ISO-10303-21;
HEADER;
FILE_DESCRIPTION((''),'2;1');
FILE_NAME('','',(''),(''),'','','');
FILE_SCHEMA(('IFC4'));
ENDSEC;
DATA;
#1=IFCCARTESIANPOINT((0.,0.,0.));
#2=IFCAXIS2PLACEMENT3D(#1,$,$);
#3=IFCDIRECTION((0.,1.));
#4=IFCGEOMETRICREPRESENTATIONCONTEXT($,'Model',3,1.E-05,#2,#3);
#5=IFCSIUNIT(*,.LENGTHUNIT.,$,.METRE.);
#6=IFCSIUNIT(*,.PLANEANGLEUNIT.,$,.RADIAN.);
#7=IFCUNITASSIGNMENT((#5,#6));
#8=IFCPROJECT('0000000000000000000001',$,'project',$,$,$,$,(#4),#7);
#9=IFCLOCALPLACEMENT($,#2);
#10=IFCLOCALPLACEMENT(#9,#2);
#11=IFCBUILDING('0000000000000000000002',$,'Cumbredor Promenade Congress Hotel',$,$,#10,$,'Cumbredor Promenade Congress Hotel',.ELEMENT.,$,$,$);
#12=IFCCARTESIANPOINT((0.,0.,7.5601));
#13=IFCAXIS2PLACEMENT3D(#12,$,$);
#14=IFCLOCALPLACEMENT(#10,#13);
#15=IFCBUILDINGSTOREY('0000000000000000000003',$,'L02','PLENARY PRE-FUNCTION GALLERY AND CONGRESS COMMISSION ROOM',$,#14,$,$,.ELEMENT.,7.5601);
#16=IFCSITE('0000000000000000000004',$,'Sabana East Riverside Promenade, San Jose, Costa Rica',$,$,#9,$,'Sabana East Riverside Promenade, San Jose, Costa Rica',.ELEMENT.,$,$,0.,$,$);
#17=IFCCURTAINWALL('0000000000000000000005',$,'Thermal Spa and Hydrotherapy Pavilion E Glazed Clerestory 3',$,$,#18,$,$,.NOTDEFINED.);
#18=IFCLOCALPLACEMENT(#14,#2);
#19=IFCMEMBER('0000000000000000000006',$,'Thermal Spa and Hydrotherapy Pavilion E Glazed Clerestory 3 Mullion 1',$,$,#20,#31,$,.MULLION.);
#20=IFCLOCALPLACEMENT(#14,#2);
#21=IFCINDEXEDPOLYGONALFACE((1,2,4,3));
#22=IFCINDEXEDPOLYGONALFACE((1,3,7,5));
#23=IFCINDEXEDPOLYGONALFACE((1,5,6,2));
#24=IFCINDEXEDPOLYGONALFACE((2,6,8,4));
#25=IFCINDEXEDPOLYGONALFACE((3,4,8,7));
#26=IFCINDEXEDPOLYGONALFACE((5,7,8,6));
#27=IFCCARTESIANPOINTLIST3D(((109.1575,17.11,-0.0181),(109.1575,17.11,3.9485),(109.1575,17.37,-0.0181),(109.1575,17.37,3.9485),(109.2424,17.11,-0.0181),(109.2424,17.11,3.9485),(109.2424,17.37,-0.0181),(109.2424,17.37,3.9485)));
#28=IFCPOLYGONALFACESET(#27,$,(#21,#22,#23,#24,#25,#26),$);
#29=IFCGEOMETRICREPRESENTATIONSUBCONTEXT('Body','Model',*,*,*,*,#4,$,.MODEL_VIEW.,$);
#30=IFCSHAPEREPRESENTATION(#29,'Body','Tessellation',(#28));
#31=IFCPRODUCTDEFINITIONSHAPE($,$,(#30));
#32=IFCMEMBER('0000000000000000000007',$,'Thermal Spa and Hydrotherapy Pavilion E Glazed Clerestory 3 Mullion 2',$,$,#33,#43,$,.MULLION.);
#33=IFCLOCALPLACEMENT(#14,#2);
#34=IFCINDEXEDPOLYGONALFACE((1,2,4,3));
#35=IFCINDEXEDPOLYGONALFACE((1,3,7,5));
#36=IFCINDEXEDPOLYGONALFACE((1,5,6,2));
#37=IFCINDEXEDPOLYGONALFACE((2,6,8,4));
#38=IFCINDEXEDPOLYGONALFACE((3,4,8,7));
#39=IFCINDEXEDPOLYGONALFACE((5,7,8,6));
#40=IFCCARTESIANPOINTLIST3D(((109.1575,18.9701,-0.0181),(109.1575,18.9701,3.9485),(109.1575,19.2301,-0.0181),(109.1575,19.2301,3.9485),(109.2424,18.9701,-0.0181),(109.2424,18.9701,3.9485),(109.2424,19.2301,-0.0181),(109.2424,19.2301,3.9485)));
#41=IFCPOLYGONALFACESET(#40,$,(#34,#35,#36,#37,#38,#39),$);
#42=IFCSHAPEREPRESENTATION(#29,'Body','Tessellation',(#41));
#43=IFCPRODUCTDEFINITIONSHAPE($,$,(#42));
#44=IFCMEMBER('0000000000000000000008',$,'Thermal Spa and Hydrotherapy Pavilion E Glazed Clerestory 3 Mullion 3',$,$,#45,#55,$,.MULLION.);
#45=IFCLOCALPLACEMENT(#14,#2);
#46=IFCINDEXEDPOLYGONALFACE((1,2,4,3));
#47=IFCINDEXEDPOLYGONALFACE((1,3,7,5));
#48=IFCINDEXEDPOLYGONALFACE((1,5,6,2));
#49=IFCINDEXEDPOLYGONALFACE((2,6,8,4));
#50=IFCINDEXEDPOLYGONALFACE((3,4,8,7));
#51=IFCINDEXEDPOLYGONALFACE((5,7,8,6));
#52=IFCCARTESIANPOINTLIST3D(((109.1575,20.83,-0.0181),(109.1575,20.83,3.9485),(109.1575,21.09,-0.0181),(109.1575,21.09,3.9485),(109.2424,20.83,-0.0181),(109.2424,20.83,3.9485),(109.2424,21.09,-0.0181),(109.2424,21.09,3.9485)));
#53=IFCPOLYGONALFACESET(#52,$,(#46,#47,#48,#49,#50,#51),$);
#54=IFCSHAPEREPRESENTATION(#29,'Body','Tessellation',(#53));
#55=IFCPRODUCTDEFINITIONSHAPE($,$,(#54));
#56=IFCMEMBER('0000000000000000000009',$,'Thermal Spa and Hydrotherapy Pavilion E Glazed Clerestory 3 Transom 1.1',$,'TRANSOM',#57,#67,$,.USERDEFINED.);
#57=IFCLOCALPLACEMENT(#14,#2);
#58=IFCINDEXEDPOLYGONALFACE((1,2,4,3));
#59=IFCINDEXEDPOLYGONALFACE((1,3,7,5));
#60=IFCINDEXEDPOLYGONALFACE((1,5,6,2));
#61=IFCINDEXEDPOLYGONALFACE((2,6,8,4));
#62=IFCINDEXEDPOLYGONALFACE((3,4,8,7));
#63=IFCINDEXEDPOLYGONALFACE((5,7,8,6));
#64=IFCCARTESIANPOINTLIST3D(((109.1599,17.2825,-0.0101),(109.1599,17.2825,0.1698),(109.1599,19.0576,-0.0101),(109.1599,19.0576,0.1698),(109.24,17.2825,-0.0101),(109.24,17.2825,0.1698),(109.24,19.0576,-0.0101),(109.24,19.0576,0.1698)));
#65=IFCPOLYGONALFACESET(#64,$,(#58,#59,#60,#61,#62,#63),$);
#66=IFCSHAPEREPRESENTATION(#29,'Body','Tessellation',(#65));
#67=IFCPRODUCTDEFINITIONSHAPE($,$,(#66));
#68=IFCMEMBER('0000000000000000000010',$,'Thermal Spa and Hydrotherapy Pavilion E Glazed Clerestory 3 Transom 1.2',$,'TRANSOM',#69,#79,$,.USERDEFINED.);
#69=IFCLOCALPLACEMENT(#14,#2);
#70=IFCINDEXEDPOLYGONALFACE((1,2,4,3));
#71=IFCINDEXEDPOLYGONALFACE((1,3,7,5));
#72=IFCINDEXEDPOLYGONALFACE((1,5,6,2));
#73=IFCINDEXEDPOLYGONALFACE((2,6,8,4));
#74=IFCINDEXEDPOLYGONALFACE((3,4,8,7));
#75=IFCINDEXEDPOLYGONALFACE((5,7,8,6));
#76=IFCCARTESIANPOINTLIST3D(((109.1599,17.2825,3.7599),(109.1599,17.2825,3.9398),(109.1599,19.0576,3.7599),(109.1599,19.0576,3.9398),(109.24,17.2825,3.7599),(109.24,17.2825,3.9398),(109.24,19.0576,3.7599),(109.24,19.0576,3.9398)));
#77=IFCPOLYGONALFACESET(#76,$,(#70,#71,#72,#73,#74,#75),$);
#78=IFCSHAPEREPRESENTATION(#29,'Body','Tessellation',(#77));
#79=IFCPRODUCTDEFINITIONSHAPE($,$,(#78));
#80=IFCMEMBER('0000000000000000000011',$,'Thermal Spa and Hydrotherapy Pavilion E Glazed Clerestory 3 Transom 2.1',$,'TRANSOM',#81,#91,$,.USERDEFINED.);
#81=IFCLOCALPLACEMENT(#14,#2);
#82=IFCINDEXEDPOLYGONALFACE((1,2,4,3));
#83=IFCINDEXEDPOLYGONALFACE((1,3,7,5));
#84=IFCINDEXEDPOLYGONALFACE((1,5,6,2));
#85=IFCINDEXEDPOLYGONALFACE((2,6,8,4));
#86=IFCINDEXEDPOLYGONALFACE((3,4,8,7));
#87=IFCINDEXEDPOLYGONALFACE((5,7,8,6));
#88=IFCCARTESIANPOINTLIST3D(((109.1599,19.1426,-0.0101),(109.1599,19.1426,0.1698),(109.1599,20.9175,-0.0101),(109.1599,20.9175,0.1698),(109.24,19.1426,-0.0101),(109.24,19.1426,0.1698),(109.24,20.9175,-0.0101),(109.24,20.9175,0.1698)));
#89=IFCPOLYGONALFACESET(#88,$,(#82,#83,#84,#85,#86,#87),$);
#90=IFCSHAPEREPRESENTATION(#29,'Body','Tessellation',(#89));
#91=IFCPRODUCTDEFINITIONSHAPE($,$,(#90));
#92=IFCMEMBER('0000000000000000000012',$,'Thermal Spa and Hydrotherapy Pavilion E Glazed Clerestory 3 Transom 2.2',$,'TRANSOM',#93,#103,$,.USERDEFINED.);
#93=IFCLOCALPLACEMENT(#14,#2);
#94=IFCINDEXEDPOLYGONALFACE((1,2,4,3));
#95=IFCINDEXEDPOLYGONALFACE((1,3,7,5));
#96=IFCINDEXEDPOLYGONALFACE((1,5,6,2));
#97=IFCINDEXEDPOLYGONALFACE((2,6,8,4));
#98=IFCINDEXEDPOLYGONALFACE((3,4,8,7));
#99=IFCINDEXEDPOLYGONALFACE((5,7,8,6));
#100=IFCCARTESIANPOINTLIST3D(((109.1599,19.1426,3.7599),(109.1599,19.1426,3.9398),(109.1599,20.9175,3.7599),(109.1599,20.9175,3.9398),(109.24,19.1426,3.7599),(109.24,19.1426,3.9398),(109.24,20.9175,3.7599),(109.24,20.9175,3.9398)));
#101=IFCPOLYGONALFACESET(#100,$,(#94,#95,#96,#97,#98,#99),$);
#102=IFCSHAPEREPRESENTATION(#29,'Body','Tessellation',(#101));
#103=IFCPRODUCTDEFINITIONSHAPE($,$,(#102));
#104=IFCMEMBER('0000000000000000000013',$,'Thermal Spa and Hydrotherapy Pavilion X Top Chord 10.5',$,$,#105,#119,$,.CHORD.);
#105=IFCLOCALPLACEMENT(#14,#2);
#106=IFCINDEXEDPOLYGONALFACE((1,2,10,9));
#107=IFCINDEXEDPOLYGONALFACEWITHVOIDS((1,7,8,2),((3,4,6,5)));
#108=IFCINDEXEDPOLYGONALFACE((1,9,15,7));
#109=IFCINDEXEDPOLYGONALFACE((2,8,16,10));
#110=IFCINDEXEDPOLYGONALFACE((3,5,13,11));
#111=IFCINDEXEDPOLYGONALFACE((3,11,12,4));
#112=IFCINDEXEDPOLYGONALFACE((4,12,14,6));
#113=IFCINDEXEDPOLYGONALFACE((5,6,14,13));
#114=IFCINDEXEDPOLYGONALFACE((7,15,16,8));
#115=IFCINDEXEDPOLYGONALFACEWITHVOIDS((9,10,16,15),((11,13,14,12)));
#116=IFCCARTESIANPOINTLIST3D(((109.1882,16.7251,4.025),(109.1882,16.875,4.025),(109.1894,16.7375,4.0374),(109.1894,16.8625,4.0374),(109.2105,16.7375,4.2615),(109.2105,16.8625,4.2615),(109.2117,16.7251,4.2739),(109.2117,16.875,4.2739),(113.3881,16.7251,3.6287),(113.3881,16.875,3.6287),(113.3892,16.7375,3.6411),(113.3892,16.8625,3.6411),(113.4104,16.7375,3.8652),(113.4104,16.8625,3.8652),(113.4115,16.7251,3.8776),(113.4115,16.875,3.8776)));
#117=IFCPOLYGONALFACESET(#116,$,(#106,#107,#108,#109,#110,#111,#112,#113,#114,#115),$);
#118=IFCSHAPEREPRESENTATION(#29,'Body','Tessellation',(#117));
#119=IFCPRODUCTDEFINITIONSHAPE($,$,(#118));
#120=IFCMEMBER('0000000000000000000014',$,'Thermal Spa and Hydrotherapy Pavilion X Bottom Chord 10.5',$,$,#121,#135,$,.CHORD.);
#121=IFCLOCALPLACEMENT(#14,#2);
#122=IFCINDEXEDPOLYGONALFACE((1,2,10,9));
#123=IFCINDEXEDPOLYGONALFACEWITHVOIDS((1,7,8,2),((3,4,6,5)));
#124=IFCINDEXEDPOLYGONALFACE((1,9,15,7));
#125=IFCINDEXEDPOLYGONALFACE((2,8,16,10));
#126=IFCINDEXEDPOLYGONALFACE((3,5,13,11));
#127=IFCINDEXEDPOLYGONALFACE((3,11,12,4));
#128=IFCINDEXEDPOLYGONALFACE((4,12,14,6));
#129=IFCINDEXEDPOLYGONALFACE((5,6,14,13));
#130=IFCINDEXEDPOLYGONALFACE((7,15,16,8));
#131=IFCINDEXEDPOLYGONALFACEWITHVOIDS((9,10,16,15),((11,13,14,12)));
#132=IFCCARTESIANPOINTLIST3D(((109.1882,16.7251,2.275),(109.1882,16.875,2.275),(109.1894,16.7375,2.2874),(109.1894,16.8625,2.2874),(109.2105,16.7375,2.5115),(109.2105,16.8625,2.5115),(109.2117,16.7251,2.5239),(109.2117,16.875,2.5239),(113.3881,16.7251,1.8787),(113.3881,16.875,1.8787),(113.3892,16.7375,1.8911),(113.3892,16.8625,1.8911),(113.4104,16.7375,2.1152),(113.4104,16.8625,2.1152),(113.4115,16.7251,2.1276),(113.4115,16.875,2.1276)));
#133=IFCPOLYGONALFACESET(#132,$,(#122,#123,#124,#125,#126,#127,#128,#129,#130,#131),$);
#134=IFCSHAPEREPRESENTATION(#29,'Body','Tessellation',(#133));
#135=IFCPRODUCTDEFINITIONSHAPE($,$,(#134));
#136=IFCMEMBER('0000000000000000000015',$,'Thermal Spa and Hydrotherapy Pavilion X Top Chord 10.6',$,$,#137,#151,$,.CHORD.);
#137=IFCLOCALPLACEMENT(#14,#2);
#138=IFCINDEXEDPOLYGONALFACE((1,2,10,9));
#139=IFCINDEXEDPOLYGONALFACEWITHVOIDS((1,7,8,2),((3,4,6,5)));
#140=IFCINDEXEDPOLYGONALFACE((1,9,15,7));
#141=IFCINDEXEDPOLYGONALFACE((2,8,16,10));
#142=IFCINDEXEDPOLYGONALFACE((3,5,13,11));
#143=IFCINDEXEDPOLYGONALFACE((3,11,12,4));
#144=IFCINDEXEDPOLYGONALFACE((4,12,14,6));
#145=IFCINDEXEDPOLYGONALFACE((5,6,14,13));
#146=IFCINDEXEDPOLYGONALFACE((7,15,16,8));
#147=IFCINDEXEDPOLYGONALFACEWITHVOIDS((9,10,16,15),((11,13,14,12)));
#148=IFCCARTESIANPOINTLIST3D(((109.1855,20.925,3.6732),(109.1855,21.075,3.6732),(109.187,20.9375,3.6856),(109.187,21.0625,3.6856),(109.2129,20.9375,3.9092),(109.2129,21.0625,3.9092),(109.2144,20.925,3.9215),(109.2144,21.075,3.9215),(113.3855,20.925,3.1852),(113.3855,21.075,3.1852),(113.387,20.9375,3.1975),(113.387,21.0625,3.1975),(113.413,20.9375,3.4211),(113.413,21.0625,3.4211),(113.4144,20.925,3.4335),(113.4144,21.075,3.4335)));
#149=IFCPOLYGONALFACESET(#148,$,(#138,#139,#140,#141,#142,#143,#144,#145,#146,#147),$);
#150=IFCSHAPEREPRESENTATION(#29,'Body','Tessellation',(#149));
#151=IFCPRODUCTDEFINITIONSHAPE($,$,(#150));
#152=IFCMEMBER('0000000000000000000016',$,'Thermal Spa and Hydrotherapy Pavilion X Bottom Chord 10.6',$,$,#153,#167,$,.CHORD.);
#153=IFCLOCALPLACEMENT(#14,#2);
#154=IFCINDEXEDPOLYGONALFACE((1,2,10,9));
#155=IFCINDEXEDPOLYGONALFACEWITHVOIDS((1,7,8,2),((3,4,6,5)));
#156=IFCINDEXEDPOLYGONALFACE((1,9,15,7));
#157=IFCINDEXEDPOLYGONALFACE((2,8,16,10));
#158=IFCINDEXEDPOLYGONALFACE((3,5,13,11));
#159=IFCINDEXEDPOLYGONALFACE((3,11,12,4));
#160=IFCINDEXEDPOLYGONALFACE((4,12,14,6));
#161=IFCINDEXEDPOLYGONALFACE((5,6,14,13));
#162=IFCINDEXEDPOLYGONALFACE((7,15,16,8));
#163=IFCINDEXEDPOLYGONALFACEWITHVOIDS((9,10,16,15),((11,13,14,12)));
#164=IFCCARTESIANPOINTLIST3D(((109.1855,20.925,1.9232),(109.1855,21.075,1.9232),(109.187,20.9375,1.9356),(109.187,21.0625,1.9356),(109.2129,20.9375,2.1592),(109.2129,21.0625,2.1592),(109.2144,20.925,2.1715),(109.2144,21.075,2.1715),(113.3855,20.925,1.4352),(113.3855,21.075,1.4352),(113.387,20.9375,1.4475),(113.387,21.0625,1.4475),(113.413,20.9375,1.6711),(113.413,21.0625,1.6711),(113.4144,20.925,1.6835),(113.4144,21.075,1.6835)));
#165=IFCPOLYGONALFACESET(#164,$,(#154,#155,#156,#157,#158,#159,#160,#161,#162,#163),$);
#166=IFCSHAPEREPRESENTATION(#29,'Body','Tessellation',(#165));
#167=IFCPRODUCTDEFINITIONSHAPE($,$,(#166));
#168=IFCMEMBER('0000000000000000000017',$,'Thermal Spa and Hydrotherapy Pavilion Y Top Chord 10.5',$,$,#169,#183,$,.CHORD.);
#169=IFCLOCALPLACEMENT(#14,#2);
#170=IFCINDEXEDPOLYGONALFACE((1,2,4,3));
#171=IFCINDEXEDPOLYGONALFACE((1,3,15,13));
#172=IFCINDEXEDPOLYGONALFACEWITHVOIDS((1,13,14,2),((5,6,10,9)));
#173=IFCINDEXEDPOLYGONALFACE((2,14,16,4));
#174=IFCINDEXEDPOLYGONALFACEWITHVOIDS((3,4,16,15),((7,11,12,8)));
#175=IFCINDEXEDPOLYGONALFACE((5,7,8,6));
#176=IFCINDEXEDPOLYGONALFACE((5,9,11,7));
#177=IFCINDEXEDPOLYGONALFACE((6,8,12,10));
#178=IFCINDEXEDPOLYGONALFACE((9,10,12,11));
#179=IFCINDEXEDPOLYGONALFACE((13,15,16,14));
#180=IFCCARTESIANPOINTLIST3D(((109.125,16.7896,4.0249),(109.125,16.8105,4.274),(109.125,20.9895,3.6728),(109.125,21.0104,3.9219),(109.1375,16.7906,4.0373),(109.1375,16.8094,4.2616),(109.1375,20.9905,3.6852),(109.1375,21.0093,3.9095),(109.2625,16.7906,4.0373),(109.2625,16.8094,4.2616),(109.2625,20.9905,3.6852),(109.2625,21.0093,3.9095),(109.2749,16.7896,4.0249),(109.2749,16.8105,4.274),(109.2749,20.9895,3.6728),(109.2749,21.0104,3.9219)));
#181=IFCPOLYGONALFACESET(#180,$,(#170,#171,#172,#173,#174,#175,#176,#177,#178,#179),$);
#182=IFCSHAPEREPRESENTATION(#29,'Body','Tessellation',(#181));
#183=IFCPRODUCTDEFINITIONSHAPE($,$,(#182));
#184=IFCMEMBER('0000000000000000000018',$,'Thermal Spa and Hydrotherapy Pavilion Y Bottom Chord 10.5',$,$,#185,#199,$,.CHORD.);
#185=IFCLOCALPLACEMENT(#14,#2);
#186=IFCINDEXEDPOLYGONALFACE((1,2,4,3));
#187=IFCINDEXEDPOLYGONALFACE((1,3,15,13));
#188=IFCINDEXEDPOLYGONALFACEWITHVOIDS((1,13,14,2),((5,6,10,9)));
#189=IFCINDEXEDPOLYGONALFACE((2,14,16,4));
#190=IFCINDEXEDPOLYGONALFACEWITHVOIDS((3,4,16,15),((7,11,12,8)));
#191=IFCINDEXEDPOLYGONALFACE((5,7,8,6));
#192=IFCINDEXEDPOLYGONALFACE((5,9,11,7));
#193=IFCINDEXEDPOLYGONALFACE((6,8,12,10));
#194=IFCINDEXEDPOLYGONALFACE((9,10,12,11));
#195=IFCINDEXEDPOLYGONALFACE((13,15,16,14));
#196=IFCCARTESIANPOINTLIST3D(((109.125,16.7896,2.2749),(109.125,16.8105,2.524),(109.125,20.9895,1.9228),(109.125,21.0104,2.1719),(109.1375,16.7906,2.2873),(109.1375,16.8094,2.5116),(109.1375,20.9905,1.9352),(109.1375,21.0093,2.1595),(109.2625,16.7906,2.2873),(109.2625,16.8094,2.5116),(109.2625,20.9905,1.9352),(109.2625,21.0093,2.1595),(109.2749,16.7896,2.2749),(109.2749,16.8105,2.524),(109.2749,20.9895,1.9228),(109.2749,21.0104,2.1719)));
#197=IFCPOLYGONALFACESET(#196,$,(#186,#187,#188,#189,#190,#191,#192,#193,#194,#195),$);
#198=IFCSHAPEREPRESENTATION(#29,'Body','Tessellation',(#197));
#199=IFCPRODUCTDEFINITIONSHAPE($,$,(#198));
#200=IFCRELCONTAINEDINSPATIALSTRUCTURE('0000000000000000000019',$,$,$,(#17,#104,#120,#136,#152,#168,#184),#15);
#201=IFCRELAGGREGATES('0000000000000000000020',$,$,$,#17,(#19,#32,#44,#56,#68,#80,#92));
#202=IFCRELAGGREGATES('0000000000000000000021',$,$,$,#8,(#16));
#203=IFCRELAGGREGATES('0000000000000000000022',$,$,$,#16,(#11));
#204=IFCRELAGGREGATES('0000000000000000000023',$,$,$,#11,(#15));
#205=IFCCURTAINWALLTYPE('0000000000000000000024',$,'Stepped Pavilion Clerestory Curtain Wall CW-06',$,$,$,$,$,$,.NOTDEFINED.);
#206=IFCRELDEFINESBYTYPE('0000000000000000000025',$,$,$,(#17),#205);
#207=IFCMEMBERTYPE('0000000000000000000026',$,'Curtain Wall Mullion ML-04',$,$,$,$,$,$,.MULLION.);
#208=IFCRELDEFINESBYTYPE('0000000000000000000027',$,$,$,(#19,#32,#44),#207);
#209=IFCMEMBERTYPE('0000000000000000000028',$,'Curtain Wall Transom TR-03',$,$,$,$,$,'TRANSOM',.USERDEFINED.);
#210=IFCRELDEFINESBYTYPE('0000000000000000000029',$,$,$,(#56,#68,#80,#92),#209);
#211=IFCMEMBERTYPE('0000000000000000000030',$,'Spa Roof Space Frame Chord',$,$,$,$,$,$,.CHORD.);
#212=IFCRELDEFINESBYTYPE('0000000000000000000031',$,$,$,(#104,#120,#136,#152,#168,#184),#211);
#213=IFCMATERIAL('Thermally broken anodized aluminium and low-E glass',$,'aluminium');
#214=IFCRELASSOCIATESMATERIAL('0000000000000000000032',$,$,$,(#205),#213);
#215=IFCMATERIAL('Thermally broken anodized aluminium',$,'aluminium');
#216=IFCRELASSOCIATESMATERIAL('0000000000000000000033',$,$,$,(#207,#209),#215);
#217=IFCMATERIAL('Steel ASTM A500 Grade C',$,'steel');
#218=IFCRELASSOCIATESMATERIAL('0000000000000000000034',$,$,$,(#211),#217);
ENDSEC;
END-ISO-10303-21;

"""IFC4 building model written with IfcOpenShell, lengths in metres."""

from ifc_helpers import new_model, si_unit, direction, frame, origin, origin_2d, place, context, subcontext, project, spatial, rectangle, hollow_rectangle, extrude, material, material_profile, profile_set, type_object, element, aggregate, save


model = new_model("IFC4")

# Units and contexts
model_context = context("Model", 3, precision=1e-05, world=origin(), true_north=direction((0.0, 1.0)))
body_context = subcontext(model_context, "Body", "Model", "MODEL_VIEW")
ifc_project = project(units=[si_unit("LENGTHUNIT", "METRE"), si_unit("PLANEANGLEUNIT", "RADIAN")], contexts=[model_context])

# Site, building, storey
site_placement = place(None, origin())
site = spatial("IfcSite", under=ifc_project, at=site_placement, Name="Sabana East Riverside Promenade, San Jose, Costa Rica", LongName="Sabana East Riverside Promenade, San Jose, Costa Rica", CompositionType="ELEMENT", RefElevation=0.0)
building_placement = place(site_placement, origin())
building = spatial("IfcBuilding", under=site, at=building_placement, Name="Cumbredor Promenade Congress Hotel", LongName="Cumbredor Promenade Congress Hotel", CompositionType="ELEMENT")
storey_placement = place(building_placement, frame((0.0, 0.0, 7.5601)))
storey = spatial("IfcBuildingStorey", under=building, at=storey_placement, Name="L02", Description="PLENARY PRE-FUNCTION GALLERY AND CONGRESS COMMISSION ROOM", CompositionType="ELEMENT", Elevation=7.5601)

# Curtain wall, members
ifc_material_1 = material(Name="Thermally broken anodized aluminium and low-E glass", Category="aluminium")
curtain_wall_type = type_object("IfcCurtainWallType", Name="Stepped Pavilion Clerestory Curtain Wall CW-06", PredefinedType="NOTDEFINED", material=ifc_material_1)
curtain_wall_placement = place(storey_placement, origin())
curtain_wall = element("IfcCurtainWall", 1, at=curtain_wall_placement, inside=storey, type_object=curtain_wall_type, Name="Thermal Spa and Hydrotherapy Pavilion E Glazed Clerestory 3", PredefinedType="NOTDEFINED")
ifc_material_2 = material(Name="Thermally broken anodized aluminium", Category="aluminium")
ifc_material_profile_1 = material_profile(ifc_material_2, rectangle(XDim=0.085, YDim=0.26, at=origin_2d()), Name="ALU MULLION CLERESTORY 85x260")
ifc_profile_set_1 = profile_set([ifc_material_profile_1], Name="Thermally broken anodized aluminium")
member_type_1 = type_object("IfcMemberType", Name="Curtain Wall Mullion ML-04", PredefinedType="MULLION", material=ifc_profile_set_1)
member_1_placement = place(storey_placement, frame((109.2, 17.24, -0.0181), z_axis=(0.0, 0.0, 1.0), x_axis=(1.0, 0.0, 0.0)))
member_1 = element("IfcMember", 2, at=member_1_placement, type_object=member_type_1, Name="Thermal Spa and Hydrotherapy Pavilion E Glazed Clerestory 3 Mullion 1", PredefinedType="MULLION", context=body_context, shape_type="SweptSolid", body=[
    extrude(rectangle(XDim=0.085, YDim=0.26, at=origin_2d()), origin(), (0.0, 0.0, 1.0), 3.9666),
])
member_2_placement = place(storey_placement, frame((109.2, 19.1001, -0.0181), z_axis=(0.0, 0.0, 1.0), x_axis=(1.0, 0.0, 0.0)))
member_2 = element("IfcMember", 3, at=member_2_placement, type_object=member_type_1, Name="Thermal Spa and Hydrotherapy Pavilion E Glazed Clerestory 3 Mullion 2", PredefinedType="MULLION", context=body_context, shape_type="SweptSolid", body=[
    extrude(rectangle(XDim=0.085, YDim=0.26, at=origin_2d()), origin(), (0.0, 0.0, 1.0), 3.9666),
])
member_3_placement = place(storey_placement, frame((109.2, 20.96, -0.0181), z_axis=(0.0, 0.0, 1.0), x_axis=(1.0, 0.0, 0.0)))
member_3 = element("IfcMember", 4, at=member_3_placement, type_object=member_type_1, Name="Thermal Spa and Hydrotherapy Pavilion E Glazed Clerestory 3 Mullion 3", PredefinedType="MULLION", context=body_context, shape_type="SweptSolid", body=[
    extrude(rectangle(XDim=0.085, YDim=0.26, at=origin_2d()), origin(), (0.0, 0.0, 1.0), 3.9666),
])
ifc_material_profile_2 = material_profile(ifc_material_2, rectangle(XDim=0.0801, YDim=0.1799, at=origin_2d()), Name="ALU TRANSOM 80x180")
ifc_profile_set_2 = profile_set([ifc_material_profile_2], Name="Thermally broken anodized aluminium")
member_type_2 = type_object("IfcMemberType", Name="Curtain Wall Transom TR-03", ElementType="TRANSOM", PredefinedType="USERDEFINED", material=ifc_profile_set_2)
member_4_placement = place(storey_placement, frame((109.2, 17.2825, 0.0798), z_axis=(0.0, 1.0, 0.0), x_axis=(-1.0, 0.0, 0.0)))
member_4 = element("IfcMember", 5, at=member_4_placement, type_object=member_type_2, Name="Thermal Spa and Hydrotherapy Pavilion E Glazed Clerestory 3 Transom 1.1", ObjectType="TRANSOM", PredefinedType="USERDEFINED", context=body_context, shape_type="SweptSolid", body=[
    extrude(rectangle(XDim=0.0801, YDim=0.1799, at=origin_2d()), origin(), (0.0, 0.0, 1.0), 1.7751),
])
member_5_placement = place(storey_placement, frame((109.2, 17.2825, 3.8499), z_axis=(0.0, 1.0, 0.0), x_axis=(-1.0, 0.0, 0.0)))
member_5 = element("IfcMember", 6, at=member_5_placement, type_object=member_type_2, Name="Thermal Spa and Hydrotherapy Pavilion E Glazed Clerestory 3 Transom 1.2", ObjectType="TRANSOM", PredefinedType="USERDEFINED", context=body_context, shape_type="SweptSolid", body=[
    extrude(rectangle(XDim=0.0801, YDim=0.1799, at=origin_2d()), origin(), (0.0, 0.0, 1.0), 1.7751),
])
member_6_placement = place(storey_placement, frame((109.2, 19.1426, 0.0798), z_axis=(0.0, 1.0, 0.0), x_axis=(-1.0, 0.0, 0.0)))
member_6 = element("IfcMember", 7, at=member_6_placement, type_object=member_type_2, Name="Thermal Spa and Hydrotherapy Pavilion E Glazed Clerestory 3 Transom 2.1", ObjectType="TRANSOM", PredefinedType="USERDEFINED", context=body_context, shape_type="SweptSolid", body=[
    extrude(rectangle(XDim=0.0801, YDim=0.1799, at=origin_2d()), origin(), (0.0, 0.0, 1.0), 1.7749),
])
member_7_placement = place(storey_placement, frame((109.2, 19.1426, 3.8499), z_axis=(0.0, 1.0, 0.0), x_axis=(-1.0, 0.0, 0.0)))
member_7 = element("IfcMember", 8, at=member_7_placement, type_object=member_type_2, Name="Thermal Spa and Hydrotherapy Pavilion E Glazed Clerestory 3 Transom 2.2", ObjectType="TRANSOM", PredefinedType="USERDEFINED", context=body_context, shape_type="SweptSolid", body=[
    extrude(rectangle(XDim=0.0801, YDim=0.1799, at=origin_2d()), origin(), (0.0, 0.0, 1.0), 1.7749),
])

# Members
ifc_material_3 = material(Name="Steel ASTM A500 Grade C", Category="steel")
ifc_material_profile_3 = material_profile(ifc_material_3, hollow_rectangle(XDim=0.1499, YDim=0.25, WallThickness=0.0125, at=origin_2d()), Name="HSS 250x150x12.5")
ifc_profile_set_3 = profile_set([ifc_material_profile_3], Name="Steel ASTM A500 Grade C")
member_type_3 = type_object("IfcMemberType", Name="Spa Roof Space Frame Chord", PredefinedType="CHORD", material=ifc_profile_set_3)
for number, where, z_axis, x_axis, name in (
    (9, (109.2, 16.8, 4.1494), (0.995579, 0.0, -0.093927), (0.0, 1.0, 0.0), "Thermal Spa and Hydrotherapy Pavilion X Top Chord 10.5"),
    (10, (109.2, 16.8, 2.3994), (0.995579, 0.0, -0.093927), (0.0, 1.0, 0.0), "Thermal Spa and Hydrotherapy Pavilion X Bottom Chord 10.5"),
):
    element("IfcMember", number, at=place(storey_placement, frame(where, z_axis=z_axis, x_axis=x_axis)), inside=storey, type_object=member_type_3, Name=name, PredefinedType="CHORD", context=body_context, shape_type="SweptSolid", body=[
        extrude(hollow_rectangle(XDim=0.1499, YDim=0.25, WallThickness=0.0125, at=origin_2d()), origin(), (0.0, 0.0, 1.0), 4.2185),
    ])
for number, where, z_axis, x_axis, name in (
    (11, (109.2, 21.0, 3.7974), (0.993316, 0.0, -0.115424), (0.0, 1.0, 0.0), "Thermal Spa and Hydrotherapy Pavilion X Top Chord 10.6"),
    (12, (109.2, 21.0, 2.0474), (0.993316, 0.0, -0.115424), (0.0, 1.0, 0.0), "Thermal Spa and Hydrotherapy Pavilion X Bottom Chord 10.6"),
):
    element("IfcMember", number, at=place(storey_placement, frame(where, z_axis=z_axis, x_axis=x_axis)), inside=storey, type_object=member_type_3, Name=name, PredefinedType="CHORD", context=body_context, shape_type="SweptSolid", body=[
        extrude(hollow_rectangle(XDim=0.1499, YDim=0.25, WallThickness=0.0125, at=origin_2d()), origin(), (0.0, 0.0, 1.0), 4.2283),
    ])
for number, where, z_axis, x_axis, name in (
    (13, (109.2, 16.8, 4.1494), (0.0, 0.996505, -0.08353), (-1.0, 0.0, 0.0), "Thermal Spa and Hydrotherapy Pavilion Y Top Chord 10.5"),
    (14, (109.2, 16.8, 2.3994), (0.0, 0.996505, -0.08353), (-1.0, 0.0, 0.0), "Thermal Spa and Hydrotherapy Pavilion Y Bottom Chord 10.5"),
):
    element("IfcMember", number, at=place(storey_placement, frame(where, z_axis=z_axis, x_axis=x_axis)), inside=storey, type_object=member_type_3, Name=name, PredefinedType="CHORD", context=body_context, shape_type="SweptSolid", body=[
        extrude(hollow_rectangle(XDim=0.1499, YDim=0.25, WallThickness=0.0125, at=origin_2d()), origin(), (0.0, 0.0, 1.0), 4.2146),
    ])

aggregate(curtain_wall, [member_1, member_2, member_3, member_4, member_5, member_6, member_7])

save(model, "model.ifc")
